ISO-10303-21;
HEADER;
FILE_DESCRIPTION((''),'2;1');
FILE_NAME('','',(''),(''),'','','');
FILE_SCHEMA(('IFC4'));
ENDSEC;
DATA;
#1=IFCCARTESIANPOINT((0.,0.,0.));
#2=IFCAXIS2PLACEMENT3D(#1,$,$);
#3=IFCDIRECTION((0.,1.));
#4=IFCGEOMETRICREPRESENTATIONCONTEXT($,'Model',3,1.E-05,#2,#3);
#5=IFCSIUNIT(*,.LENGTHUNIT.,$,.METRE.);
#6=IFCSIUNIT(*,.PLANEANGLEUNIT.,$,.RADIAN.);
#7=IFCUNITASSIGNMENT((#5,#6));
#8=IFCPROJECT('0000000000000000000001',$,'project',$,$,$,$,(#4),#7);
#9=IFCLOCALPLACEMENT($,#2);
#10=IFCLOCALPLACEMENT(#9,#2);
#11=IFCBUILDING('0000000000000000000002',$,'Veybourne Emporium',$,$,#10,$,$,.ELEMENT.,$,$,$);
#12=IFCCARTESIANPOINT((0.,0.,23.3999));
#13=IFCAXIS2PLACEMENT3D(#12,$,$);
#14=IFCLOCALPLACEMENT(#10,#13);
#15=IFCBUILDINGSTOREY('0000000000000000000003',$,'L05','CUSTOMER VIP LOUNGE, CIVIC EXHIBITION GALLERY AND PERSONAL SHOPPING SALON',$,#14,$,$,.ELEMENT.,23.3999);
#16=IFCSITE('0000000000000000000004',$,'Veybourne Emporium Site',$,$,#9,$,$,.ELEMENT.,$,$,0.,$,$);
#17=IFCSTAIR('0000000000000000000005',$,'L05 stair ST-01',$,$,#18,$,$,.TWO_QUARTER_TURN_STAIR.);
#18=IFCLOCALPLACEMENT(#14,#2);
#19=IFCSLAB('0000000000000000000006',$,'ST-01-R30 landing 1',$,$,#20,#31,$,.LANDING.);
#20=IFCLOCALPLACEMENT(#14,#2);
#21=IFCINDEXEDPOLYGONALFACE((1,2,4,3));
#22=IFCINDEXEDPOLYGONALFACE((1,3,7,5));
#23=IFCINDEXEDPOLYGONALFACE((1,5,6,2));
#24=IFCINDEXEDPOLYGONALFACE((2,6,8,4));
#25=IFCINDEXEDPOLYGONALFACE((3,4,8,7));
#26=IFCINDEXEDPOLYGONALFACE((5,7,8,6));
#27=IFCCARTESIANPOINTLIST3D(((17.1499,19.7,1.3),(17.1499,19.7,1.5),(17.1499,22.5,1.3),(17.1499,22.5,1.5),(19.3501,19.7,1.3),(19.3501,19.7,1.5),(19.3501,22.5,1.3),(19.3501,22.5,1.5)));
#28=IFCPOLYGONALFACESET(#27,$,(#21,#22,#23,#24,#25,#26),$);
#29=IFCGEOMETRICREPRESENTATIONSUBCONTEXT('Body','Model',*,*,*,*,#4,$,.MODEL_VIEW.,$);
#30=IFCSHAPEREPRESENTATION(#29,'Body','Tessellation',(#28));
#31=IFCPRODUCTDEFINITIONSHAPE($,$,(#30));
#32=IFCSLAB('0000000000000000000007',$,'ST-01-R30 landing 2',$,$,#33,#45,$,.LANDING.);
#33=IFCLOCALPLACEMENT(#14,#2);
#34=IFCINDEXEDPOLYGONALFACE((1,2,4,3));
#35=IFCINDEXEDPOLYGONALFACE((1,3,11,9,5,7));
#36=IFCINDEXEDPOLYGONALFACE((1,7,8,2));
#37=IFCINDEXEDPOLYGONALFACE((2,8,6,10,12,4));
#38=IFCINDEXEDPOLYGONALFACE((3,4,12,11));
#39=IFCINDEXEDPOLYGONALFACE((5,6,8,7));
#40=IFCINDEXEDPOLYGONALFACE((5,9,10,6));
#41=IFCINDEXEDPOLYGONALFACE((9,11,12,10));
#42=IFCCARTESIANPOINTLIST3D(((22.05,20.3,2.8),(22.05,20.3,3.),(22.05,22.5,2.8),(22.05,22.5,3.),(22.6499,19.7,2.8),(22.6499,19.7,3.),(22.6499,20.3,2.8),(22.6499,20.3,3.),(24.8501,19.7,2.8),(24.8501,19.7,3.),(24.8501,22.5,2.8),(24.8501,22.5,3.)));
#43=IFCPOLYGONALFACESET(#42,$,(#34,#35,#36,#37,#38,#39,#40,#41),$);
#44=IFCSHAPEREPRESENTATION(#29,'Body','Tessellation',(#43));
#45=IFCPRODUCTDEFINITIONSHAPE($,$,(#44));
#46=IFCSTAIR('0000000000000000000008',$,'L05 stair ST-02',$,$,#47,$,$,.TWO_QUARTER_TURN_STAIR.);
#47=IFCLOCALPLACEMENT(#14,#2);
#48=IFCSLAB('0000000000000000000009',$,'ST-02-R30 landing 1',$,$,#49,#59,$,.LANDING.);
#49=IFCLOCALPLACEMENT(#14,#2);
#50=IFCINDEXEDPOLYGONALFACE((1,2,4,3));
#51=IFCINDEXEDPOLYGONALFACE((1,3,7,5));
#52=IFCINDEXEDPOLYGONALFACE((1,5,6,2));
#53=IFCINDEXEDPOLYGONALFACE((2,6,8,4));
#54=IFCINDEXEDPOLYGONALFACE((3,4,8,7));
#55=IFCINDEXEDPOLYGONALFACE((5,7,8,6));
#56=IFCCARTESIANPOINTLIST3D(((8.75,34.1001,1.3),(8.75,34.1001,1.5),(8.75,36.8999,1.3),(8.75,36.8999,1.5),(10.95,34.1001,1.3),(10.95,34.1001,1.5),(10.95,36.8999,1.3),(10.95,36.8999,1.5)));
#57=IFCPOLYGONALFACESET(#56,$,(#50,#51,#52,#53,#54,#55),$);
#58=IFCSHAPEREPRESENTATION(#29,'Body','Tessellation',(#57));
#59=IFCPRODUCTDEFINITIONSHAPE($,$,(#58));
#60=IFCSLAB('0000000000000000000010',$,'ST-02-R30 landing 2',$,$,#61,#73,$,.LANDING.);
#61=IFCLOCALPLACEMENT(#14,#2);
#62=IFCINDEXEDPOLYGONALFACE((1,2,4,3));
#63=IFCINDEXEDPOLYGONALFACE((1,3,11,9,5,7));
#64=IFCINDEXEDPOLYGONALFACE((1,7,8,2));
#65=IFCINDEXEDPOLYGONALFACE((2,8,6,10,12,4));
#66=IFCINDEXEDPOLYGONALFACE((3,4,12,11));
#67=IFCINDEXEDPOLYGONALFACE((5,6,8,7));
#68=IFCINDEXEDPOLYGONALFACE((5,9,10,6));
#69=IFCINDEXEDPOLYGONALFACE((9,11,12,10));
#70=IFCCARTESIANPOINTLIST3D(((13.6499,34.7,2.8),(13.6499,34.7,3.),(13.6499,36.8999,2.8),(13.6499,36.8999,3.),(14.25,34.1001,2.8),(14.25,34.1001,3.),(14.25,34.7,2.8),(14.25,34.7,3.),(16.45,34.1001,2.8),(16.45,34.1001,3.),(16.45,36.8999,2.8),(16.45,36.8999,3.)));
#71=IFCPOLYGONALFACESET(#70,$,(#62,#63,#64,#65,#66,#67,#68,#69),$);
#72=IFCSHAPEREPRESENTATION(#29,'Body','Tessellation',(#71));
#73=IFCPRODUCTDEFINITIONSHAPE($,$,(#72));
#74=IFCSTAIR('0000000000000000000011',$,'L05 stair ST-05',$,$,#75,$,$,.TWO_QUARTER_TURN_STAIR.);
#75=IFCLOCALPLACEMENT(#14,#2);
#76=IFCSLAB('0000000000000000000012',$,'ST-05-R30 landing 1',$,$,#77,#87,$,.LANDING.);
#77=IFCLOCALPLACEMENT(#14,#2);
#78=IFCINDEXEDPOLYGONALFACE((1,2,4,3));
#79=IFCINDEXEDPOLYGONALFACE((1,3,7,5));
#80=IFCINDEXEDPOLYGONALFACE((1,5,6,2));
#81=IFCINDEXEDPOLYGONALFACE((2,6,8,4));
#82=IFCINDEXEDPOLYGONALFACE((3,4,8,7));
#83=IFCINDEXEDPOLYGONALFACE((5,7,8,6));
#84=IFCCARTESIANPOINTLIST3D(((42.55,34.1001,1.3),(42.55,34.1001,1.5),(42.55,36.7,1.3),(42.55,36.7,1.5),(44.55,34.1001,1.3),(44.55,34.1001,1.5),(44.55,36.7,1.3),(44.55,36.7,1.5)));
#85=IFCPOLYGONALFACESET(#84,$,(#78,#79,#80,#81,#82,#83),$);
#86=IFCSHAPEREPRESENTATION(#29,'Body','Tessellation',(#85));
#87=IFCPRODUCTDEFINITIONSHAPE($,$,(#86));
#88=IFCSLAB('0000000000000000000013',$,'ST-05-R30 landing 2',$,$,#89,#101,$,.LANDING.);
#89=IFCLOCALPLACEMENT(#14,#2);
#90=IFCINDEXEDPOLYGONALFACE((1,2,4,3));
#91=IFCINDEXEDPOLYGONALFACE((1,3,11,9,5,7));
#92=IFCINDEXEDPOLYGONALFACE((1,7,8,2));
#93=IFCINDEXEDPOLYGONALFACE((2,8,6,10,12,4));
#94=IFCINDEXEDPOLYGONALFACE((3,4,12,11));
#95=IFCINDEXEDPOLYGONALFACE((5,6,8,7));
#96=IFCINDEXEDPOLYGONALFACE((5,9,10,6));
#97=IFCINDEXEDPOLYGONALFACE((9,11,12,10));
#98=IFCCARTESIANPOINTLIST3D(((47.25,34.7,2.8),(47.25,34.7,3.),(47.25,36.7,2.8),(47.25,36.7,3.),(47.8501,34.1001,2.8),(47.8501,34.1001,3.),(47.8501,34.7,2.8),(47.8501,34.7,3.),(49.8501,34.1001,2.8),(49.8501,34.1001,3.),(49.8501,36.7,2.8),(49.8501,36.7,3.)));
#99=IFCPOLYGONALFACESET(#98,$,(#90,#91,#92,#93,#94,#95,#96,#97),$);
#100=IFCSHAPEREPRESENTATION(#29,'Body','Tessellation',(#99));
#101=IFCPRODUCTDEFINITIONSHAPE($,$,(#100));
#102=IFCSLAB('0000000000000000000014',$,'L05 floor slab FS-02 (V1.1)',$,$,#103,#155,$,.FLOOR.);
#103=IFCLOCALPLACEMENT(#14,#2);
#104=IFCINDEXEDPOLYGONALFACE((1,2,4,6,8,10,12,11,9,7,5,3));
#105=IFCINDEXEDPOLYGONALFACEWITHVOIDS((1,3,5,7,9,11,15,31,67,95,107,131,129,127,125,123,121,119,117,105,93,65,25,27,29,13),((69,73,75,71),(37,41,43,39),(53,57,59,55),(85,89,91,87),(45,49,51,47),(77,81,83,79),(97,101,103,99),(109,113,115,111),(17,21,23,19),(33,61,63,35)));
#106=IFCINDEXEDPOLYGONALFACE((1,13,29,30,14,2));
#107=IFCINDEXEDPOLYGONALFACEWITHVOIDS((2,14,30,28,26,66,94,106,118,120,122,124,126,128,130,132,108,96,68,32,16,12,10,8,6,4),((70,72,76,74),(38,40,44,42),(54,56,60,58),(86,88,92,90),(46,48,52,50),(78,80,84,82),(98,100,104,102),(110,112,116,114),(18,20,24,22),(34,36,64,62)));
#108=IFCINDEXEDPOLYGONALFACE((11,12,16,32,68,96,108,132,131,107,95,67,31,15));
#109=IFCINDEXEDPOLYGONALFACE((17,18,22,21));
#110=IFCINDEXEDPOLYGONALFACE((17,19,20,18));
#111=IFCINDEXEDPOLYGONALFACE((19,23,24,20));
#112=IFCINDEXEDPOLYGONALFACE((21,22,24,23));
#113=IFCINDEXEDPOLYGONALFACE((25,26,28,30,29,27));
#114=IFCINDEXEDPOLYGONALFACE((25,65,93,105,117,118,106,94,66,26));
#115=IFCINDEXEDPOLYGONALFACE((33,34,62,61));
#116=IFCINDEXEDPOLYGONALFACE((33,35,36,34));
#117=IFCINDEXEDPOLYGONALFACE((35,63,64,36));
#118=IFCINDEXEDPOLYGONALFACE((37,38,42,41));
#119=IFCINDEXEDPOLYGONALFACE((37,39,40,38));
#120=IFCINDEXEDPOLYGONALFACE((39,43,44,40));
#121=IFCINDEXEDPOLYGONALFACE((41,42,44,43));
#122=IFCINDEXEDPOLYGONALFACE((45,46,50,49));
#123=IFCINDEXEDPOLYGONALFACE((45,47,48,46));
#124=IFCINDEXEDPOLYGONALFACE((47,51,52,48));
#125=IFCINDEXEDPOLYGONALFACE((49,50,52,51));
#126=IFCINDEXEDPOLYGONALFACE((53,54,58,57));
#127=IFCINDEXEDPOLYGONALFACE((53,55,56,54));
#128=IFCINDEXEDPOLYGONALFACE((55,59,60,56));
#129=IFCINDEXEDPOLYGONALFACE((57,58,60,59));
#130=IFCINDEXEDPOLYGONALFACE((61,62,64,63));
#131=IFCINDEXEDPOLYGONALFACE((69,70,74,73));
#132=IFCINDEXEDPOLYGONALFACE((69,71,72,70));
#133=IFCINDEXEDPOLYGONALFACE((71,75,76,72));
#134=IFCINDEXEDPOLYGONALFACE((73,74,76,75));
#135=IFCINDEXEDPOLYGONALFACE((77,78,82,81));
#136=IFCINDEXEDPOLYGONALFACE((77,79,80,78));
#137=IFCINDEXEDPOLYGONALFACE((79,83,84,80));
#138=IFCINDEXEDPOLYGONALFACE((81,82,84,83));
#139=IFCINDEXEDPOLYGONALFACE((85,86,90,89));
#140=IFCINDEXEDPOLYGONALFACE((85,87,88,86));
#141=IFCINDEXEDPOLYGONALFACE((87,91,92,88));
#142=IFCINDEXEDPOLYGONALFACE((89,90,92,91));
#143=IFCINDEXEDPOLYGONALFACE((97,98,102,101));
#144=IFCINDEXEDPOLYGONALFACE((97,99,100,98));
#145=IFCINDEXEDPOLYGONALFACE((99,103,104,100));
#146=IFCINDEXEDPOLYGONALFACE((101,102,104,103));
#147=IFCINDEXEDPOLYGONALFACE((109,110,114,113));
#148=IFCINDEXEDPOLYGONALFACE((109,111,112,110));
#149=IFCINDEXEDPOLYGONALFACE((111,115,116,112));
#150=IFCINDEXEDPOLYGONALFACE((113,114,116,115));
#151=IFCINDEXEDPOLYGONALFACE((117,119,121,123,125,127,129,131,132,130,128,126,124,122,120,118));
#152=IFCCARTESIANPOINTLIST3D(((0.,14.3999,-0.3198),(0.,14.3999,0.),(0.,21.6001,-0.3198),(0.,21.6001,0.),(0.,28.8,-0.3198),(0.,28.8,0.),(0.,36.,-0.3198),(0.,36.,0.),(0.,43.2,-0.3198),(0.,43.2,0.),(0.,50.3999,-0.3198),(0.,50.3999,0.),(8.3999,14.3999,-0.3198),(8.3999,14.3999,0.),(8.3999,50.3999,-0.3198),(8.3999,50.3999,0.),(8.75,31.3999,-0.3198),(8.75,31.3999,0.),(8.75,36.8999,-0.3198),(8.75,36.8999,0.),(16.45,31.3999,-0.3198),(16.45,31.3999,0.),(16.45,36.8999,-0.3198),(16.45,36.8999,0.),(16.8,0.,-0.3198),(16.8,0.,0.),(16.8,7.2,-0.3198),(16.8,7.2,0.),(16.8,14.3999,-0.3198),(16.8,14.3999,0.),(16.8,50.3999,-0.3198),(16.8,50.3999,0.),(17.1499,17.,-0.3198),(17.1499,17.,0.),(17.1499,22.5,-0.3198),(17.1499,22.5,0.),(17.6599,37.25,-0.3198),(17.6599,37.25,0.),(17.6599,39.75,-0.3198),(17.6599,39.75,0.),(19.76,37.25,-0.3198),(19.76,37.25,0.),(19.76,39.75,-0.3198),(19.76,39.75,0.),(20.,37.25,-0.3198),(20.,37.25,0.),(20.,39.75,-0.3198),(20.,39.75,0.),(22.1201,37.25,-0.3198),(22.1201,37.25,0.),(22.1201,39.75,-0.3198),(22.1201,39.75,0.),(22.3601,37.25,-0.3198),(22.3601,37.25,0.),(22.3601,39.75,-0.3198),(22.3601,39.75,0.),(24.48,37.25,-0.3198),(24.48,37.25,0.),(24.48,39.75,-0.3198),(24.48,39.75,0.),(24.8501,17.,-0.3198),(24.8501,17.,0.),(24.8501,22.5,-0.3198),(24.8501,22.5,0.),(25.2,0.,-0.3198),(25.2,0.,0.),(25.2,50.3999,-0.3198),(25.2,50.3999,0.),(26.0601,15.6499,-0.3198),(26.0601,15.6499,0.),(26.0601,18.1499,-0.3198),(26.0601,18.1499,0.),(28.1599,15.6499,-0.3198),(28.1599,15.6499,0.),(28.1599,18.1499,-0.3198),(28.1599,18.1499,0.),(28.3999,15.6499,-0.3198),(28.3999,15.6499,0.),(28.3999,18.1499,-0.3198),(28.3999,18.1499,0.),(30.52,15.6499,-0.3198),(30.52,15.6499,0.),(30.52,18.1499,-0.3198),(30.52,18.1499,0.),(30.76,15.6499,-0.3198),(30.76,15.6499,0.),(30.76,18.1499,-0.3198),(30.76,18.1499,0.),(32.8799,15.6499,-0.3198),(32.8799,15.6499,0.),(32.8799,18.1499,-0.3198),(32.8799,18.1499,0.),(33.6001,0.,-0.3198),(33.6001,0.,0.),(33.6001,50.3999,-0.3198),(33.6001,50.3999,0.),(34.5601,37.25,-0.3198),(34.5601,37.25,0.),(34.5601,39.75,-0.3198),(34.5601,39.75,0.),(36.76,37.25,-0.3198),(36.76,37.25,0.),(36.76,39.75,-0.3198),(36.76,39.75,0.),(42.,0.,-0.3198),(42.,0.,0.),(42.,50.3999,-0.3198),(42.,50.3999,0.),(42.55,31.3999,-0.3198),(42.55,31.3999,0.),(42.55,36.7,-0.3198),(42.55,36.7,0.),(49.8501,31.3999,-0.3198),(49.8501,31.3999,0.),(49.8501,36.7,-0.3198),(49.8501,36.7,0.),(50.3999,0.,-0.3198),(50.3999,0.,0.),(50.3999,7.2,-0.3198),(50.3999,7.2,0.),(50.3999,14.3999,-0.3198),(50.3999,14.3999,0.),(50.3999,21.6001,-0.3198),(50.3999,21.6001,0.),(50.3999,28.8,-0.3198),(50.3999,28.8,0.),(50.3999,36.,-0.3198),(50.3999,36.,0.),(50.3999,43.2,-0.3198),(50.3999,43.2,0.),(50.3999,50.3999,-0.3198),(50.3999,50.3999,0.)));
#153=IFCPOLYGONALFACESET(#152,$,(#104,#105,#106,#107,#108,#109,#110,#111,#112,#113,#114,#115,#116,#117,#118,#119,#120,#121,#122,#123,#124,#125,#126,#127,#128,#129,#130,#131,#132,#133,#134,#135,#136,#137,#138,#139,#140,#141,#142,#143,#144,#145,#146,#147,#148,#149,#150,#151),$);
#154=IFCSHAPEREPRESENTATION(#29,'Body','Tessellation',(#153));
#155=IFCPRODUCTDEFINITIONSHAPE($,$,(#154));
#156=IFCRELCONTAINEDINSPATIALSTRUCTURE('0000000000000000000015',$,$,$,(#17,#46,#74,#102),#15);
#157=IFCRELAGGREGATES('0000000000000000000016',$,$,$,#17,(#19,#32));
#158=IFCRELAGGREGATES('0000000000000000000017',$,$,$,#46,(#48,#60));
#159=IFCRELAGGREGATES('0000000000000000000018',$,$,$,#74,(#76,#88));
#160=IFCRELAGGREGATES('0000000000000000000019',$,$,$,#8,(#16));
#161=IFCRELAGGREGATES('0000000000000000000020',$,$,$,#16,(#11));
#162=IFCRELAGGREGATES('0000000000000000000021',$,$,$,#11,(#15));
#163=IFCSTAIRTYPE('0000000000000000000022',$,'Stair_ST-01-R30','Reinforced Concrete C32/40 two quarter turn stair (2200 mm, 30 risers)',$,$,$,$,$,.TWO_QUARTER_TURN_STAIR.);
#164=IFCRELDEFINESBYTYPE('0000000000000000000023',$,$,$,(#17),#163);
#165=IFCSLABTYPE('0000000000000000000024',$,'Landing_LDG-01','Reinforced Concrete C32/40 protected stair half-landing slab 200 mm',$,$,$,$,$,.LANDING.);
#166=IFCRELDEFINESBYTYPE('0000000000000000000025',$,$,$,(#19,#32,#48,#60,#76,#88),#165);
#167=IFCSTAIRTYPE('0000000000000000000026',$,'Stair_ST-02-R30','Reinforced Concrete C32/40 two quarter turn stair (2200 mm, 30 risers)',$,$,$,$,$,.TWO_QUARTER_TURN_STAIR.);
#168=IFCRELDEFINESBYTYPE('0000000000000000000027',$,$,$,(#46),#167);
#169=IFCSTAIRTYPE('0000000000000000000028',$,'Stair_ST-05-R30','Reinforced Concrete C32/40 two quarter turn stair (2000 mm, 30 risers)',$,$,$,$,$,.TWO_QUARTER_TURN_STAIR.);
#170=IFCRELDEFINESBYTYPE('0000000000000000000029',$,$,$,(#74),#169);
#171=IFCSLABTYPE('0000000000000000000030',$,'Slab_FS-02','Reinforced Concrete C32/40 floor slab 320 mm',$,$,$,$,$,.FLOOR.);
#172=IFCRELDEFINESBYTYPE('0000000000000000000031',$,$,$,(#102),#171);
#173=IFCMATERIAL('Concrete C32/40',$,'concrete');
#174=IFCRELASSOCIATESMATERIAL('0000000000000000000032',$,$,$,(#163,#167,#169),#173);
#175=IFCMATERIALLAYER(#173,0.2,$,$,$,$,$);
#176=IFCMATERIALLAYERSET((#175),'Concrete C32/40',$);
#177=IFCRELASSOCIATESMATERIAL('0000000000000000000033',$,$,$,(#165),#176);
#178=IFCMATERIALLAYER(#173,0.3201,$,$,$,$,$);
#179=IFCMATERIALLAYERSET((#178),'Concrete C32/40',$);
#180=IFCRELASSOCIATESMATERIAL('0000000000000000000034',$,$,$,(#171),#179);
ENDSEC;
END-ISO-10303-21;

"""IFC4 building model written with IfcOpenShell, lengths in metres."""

from ifc_helpers import new_model, si_unit, direction, frame, origin, place, context, subcontext, project, spatial, polyline, outline, extrude, material, layer, layer_set, type_object, element, aggregate, save


model = new_model("IFC4")

# Units and contexts
model_context = context("Model", 3, precision=1e-05, world=origin(), true_north=direction((0.0, 1.0)))
body_context = subcontext(model_context, "Body", "Model", "MODEL_VIEW")
ifc_project = project(units=[si_unit("LENGTHUNIT", "METRE"), si_unit("PLANEANGLEUNIT", "RADIAN")], contexts=[model_context])

# Site, building, storey
site_placement = place(None, origin())
site = spatial("IfcSite", under=ifc_project, at=site_placement, Name="Veybourne Emporium Site", CompositionType="ELEMENT", RefElevation=0.0)
building_placement = place(site_placement, origin())
building = spatial("IfcBuilding", under=site, at=building_placement, Name="Veybourne Emporium", CompositionType="ELEMENT")
storey_placement = place(building_placement, frame((0.0, 0.0, 23.3999)))
storey = spatial("IfcBuildingStorey", under=building, at=storey_placement, Name="L05", Description="CUSTOMER VIP LOUNGE, CIVIC EXHIBITION GALLERY AND PERSONAL SHOPPING SALON", CompositionType="ELEMENT", Elevation=23.3999)

# Stairs, slabs
ifc_material_1 = material(Name="Concrete C32/40", Category="concrete")
stair_type_1 = type_object("IfcStairType", Name="Stair_ST-01-R30", Description="Reinforced Concrete C32/40 two quarter turn stair (2200 mm, 30 risers)", PredefinedType="TWO_QUARTER_TURN_STAIR", material=ifc_material_1)
stair_1_placement = place(storey_placement, origin())
stair_1 = element("IfcStair", 1, at=stair_1_placement, inside=storey, type_object=stair_type_1, Name="L05 stair ST-01", PredefinedType="TWO_QUARTER_TURN_STAIR")
ifc_layer_1 = layer(ifc_material_1, 0.2)
ifc_layer_set_1 = layer_set([ifc_layer_1], Name="Concrete C32/40")
slab_type_1 = type_object("IfcSlabType", Name="Landing_LDG-01", Description="Reinforced Concrete C32/40 protected stair half-landing slab 200 mm", PredefinedType="LANDING", material=ifc_layer_set_1)
slab_1_placement = place(storey_placement, frame((0.0, 0.0, 1.3)))
slab_1 = element("IfcSlab", 2, at=slab_1_placement, type_object=slab_type_1, Name="ST-01-R30 landing 1", PredefinedType="LANDING", context=body_context, shape_type="SweptSolid", body=[
    extrude(outline(polyline([(17.1499, 19.7), (19.3501, 19.7), (19.3501, 22.5), (17.1499, 22.5), (17.1499, 19.7)])), origin(), (0.0, 0.0, 1.0), 0.2),
])
slab_2_placement = place(storey_placement, frame((0.0, 0.0, 2.8)))
slab_2 = element("IfcSlab", 3, at=slab_2_placement, type_object=slab_type_1, Name="ST-01-R30 landing 2", PredefinedType="LANDING", context=body_context, shape_type="SweptSolid", body=[
    extrude(outline(polyline([(22.05, 20.3), (22.6499, 20.3), (22.6499, 19.7), (24.8501, 19.7), (24.8501, 22.5), (22.05, 22.5), (22.05, 20.3)])), origin(), (0.0, 0.0, 1.0), 0.2),
])
aggregate(stair_1, [slab_1, slab_2])
stair_type_2 = type_object("IfcStairType", Name="Stair_ST-02-R30", Description="Reinforced Concrete C32/40 two quarter turn stair (2200 mm, 30 risers)", PredefinedType="TWO_QUARTER_TURN_STAIR", material=ifc_material_1)
stair_2_placement = place(storey_placement, origin())
stair_2 = element("IfcStair", 4, at=stair_2_placement, inside=storey, type_object=stair_type_2, Name="L05 stair ST-02", PredefinedType="TWO_QUARTER_TURN_STAIR")
slab_3_placement = place(storey_placement, frame((0.0, 0.0, 1.3)))
slab_3 = element("IfcSlab", 5, at=slab_3_placement, type_object=slab_type_1, Name="ST-02-R30 landing 1", PredefinedType="LANDING", context=body_context, shape_type="SweptSolid", body=[
    extrude(outline(polyline([(8.75, 34.1001), (10.95, 34.1001), (10.95, 36.8999), (8.75, 36.8999), (8.75, 34.1001)])), origin(), (0.0, 0.0, 1.0), 0.2),
])
slab_4_placement = place(storey_placement, frame((0.0, 0.0, 2.8)))
slab_4 = element("IfcSlab", 6, at=slab_4_placement, type_object=slab_type_1, Name="ST-02-R30 landing 2", PredefinedType="LANDING", context=body_context, shape_type="SweptSolid", body=[
    extrude(outline(polyline([(13.6499, 34.7), (14.25, 34.7), (14.25, 34.1001), (16.45, 34.1001), (16.45, 36.8999), (13.6499, 36.8999), (13.6499, 34.7)])), origin(), (0.0, 0.0, 1.0), 0.2),
])
aggregate(stair_2, [slab_3, slab_4])
stair_type_3 = type_object("IfcStairType", Name="Stair_ST-05-R30", Description="Reinforced Concrete C32/40 two quarter turn stair (2000 mm, 30 risers)", PredefinedType="TWO_QUARTER_TURN_STAIR", material=ifc_material_1)
stair_3_placement = place(storey_placement, origin())
stair_3 = element("IfcStair", 7, at=stair_3_placement, inside=storey, type_object=stair_type_3, Name="L05 stair ST-05", PredefinedType="TWO_QUARTER_TURN_STAIR")
slab_5_placement = place(storey_placement, frame((0.0, 0.0, 1.3)))
slab_5 = element("IfcSlab", 8, at=slab_5_placement, type_object=slab_type_1, Name="ST-05-R30 landing 1", PredefinedType="LANDING", context=body_context, shape_type="SweptSolid", body=[
    extrude(outline(polyline([(42.55, 34.1001), (44.55, 34.1001), (44.55, 36.7), (42.55, 36.7), (42.55, 34.1001)])), origin(), (0.0, 0.0, 1.0), 0.2),
])
slab_6_placement = place(storey_placement, frame((0.0, 0.0, 2.8)))
slab_6 = element("IfcSlab", 9, at=slab_6_placement, type_object=slab_type_1, Name="ST-05-R30 landing 2", PredefinedType="LANDING", context=body_context, shape_type="SweptSolid", body=[
    extrude(outline(polyline([(47.25, 34.7), (47.8501, 34.7), (47.8501, 34.1001), (49.8501, 34.1001), (49.8501, 36.7), (47.25, 36.7), (47.25, 34.7)])), origin(), (0.0, 0.0, 1.0), 0.2),
])
aggregate(stair_3, [slab_5, slab_6])

# Slab
ifc_layer_2 = layer(ifc_material_1, 0.3201)
ifc_layer_set_2 = layer_set([ifc_layer_2], Name="Concrete C32/40")
slab_type_2 = type_object("IfcSlabType", Name="Slab_FS-02", Description="Reinforced Concrete C32/40 floor slab 320 mm", PredefinedType="FLOOR", material=ifc_layer_set_2)
slab_7_placement = place(storey_placement, frame((0.0, 0.0, -0.3198)))
element("IfcSlab", 10, at=slab_7_placement, inside=storey, type_object=slab_type_2, Name="L05 floor slab FS-02 (V1.1)", PredefinedType="FLOOR", context=body_context, shape_type="SweptSolid", body=[
    extrude(outline(polyline([(0.0, 14.3999), (0.0, 21.6001), (0.0, 28.8), (0.0, 36.0), (0.0, 43.2), (0.0, 50.3999), (8.3999, 50.3999), (16.8, 50.3999), (25.2, 50.3999), (33.6001, 50.3999), (42.0, 50.3999), (50.3999, 50.3999), (50.3999, 43.2), (50.3999, 36.0), (50.3999, 28.8), (50.3999, 21.6001), (50.3999, 14.3999), (50.3999, 7.2), (50.3999, 0.0), (42.0, 0.0), (33.6001, 0.0), (25.2, 0.0), (16.8, 0.0), (16.8, 7.2), (16.8, 14.3999), (8.3999, 14.3999), (0.0, 14.3999)]), holes=[polyline([(28.1599, 15.6499), (28.1599, 18.1499), (26.0601, 18.1499), (26.0601, 15.6499), (28.1599, 15.6499)]), polyline([(30.52, 15.6499), (30.52, 18.1499), (28.3999, 18.1499), (28.3999, 15.6499), (30.52, 15.6499)]), polyline([(32.8799, 15.6499), (32.8799, 18.1499), (30.76, 18.1499), (30.76, 15.6499), (32.8799, 15.6499)]), polyline([(24.8501, 17.0), (24.8501, 22.5), (17.1499, 22.5), (17.1499, 17.0), (24.8501, 17.0)]), polyline([(49.8501, 31.3999), (49.8501, 36.7), (42.55, 36.7), (42.55, 31.3999), (49.8501, 31.3999)]), polyline([(16.45, 31.3999), (16.45, 36.8999), (8.75, 36.8999), (8.75, 31.3999), (16.45, 31.3999)]), polyline([(19.76, 37.25), (19.76, 39.75), (17.6599, 39.75), (17.6599, 37.25), (19.76, 37.25)]), polyline([(20.0, 37.25), (22.1201, 37.25), (22.1201, 39.75), (20.0, 39.75), (20.0, 37.25)]), polyline([(22.3601, 37.25), (24.48, 37.25), (24.48, 39.75), (22.3601, 39.75), (22.3601, 37.25)]), polyline([(36.76, 37.25), (36.76, 39.75), (34.5601, 39.75), (34.5601, 37.25), (36.76, 37.25)])]), origin(), (0.0, 0.0, 1.0), 0.3198),
])

save(model, "model.ifc")
